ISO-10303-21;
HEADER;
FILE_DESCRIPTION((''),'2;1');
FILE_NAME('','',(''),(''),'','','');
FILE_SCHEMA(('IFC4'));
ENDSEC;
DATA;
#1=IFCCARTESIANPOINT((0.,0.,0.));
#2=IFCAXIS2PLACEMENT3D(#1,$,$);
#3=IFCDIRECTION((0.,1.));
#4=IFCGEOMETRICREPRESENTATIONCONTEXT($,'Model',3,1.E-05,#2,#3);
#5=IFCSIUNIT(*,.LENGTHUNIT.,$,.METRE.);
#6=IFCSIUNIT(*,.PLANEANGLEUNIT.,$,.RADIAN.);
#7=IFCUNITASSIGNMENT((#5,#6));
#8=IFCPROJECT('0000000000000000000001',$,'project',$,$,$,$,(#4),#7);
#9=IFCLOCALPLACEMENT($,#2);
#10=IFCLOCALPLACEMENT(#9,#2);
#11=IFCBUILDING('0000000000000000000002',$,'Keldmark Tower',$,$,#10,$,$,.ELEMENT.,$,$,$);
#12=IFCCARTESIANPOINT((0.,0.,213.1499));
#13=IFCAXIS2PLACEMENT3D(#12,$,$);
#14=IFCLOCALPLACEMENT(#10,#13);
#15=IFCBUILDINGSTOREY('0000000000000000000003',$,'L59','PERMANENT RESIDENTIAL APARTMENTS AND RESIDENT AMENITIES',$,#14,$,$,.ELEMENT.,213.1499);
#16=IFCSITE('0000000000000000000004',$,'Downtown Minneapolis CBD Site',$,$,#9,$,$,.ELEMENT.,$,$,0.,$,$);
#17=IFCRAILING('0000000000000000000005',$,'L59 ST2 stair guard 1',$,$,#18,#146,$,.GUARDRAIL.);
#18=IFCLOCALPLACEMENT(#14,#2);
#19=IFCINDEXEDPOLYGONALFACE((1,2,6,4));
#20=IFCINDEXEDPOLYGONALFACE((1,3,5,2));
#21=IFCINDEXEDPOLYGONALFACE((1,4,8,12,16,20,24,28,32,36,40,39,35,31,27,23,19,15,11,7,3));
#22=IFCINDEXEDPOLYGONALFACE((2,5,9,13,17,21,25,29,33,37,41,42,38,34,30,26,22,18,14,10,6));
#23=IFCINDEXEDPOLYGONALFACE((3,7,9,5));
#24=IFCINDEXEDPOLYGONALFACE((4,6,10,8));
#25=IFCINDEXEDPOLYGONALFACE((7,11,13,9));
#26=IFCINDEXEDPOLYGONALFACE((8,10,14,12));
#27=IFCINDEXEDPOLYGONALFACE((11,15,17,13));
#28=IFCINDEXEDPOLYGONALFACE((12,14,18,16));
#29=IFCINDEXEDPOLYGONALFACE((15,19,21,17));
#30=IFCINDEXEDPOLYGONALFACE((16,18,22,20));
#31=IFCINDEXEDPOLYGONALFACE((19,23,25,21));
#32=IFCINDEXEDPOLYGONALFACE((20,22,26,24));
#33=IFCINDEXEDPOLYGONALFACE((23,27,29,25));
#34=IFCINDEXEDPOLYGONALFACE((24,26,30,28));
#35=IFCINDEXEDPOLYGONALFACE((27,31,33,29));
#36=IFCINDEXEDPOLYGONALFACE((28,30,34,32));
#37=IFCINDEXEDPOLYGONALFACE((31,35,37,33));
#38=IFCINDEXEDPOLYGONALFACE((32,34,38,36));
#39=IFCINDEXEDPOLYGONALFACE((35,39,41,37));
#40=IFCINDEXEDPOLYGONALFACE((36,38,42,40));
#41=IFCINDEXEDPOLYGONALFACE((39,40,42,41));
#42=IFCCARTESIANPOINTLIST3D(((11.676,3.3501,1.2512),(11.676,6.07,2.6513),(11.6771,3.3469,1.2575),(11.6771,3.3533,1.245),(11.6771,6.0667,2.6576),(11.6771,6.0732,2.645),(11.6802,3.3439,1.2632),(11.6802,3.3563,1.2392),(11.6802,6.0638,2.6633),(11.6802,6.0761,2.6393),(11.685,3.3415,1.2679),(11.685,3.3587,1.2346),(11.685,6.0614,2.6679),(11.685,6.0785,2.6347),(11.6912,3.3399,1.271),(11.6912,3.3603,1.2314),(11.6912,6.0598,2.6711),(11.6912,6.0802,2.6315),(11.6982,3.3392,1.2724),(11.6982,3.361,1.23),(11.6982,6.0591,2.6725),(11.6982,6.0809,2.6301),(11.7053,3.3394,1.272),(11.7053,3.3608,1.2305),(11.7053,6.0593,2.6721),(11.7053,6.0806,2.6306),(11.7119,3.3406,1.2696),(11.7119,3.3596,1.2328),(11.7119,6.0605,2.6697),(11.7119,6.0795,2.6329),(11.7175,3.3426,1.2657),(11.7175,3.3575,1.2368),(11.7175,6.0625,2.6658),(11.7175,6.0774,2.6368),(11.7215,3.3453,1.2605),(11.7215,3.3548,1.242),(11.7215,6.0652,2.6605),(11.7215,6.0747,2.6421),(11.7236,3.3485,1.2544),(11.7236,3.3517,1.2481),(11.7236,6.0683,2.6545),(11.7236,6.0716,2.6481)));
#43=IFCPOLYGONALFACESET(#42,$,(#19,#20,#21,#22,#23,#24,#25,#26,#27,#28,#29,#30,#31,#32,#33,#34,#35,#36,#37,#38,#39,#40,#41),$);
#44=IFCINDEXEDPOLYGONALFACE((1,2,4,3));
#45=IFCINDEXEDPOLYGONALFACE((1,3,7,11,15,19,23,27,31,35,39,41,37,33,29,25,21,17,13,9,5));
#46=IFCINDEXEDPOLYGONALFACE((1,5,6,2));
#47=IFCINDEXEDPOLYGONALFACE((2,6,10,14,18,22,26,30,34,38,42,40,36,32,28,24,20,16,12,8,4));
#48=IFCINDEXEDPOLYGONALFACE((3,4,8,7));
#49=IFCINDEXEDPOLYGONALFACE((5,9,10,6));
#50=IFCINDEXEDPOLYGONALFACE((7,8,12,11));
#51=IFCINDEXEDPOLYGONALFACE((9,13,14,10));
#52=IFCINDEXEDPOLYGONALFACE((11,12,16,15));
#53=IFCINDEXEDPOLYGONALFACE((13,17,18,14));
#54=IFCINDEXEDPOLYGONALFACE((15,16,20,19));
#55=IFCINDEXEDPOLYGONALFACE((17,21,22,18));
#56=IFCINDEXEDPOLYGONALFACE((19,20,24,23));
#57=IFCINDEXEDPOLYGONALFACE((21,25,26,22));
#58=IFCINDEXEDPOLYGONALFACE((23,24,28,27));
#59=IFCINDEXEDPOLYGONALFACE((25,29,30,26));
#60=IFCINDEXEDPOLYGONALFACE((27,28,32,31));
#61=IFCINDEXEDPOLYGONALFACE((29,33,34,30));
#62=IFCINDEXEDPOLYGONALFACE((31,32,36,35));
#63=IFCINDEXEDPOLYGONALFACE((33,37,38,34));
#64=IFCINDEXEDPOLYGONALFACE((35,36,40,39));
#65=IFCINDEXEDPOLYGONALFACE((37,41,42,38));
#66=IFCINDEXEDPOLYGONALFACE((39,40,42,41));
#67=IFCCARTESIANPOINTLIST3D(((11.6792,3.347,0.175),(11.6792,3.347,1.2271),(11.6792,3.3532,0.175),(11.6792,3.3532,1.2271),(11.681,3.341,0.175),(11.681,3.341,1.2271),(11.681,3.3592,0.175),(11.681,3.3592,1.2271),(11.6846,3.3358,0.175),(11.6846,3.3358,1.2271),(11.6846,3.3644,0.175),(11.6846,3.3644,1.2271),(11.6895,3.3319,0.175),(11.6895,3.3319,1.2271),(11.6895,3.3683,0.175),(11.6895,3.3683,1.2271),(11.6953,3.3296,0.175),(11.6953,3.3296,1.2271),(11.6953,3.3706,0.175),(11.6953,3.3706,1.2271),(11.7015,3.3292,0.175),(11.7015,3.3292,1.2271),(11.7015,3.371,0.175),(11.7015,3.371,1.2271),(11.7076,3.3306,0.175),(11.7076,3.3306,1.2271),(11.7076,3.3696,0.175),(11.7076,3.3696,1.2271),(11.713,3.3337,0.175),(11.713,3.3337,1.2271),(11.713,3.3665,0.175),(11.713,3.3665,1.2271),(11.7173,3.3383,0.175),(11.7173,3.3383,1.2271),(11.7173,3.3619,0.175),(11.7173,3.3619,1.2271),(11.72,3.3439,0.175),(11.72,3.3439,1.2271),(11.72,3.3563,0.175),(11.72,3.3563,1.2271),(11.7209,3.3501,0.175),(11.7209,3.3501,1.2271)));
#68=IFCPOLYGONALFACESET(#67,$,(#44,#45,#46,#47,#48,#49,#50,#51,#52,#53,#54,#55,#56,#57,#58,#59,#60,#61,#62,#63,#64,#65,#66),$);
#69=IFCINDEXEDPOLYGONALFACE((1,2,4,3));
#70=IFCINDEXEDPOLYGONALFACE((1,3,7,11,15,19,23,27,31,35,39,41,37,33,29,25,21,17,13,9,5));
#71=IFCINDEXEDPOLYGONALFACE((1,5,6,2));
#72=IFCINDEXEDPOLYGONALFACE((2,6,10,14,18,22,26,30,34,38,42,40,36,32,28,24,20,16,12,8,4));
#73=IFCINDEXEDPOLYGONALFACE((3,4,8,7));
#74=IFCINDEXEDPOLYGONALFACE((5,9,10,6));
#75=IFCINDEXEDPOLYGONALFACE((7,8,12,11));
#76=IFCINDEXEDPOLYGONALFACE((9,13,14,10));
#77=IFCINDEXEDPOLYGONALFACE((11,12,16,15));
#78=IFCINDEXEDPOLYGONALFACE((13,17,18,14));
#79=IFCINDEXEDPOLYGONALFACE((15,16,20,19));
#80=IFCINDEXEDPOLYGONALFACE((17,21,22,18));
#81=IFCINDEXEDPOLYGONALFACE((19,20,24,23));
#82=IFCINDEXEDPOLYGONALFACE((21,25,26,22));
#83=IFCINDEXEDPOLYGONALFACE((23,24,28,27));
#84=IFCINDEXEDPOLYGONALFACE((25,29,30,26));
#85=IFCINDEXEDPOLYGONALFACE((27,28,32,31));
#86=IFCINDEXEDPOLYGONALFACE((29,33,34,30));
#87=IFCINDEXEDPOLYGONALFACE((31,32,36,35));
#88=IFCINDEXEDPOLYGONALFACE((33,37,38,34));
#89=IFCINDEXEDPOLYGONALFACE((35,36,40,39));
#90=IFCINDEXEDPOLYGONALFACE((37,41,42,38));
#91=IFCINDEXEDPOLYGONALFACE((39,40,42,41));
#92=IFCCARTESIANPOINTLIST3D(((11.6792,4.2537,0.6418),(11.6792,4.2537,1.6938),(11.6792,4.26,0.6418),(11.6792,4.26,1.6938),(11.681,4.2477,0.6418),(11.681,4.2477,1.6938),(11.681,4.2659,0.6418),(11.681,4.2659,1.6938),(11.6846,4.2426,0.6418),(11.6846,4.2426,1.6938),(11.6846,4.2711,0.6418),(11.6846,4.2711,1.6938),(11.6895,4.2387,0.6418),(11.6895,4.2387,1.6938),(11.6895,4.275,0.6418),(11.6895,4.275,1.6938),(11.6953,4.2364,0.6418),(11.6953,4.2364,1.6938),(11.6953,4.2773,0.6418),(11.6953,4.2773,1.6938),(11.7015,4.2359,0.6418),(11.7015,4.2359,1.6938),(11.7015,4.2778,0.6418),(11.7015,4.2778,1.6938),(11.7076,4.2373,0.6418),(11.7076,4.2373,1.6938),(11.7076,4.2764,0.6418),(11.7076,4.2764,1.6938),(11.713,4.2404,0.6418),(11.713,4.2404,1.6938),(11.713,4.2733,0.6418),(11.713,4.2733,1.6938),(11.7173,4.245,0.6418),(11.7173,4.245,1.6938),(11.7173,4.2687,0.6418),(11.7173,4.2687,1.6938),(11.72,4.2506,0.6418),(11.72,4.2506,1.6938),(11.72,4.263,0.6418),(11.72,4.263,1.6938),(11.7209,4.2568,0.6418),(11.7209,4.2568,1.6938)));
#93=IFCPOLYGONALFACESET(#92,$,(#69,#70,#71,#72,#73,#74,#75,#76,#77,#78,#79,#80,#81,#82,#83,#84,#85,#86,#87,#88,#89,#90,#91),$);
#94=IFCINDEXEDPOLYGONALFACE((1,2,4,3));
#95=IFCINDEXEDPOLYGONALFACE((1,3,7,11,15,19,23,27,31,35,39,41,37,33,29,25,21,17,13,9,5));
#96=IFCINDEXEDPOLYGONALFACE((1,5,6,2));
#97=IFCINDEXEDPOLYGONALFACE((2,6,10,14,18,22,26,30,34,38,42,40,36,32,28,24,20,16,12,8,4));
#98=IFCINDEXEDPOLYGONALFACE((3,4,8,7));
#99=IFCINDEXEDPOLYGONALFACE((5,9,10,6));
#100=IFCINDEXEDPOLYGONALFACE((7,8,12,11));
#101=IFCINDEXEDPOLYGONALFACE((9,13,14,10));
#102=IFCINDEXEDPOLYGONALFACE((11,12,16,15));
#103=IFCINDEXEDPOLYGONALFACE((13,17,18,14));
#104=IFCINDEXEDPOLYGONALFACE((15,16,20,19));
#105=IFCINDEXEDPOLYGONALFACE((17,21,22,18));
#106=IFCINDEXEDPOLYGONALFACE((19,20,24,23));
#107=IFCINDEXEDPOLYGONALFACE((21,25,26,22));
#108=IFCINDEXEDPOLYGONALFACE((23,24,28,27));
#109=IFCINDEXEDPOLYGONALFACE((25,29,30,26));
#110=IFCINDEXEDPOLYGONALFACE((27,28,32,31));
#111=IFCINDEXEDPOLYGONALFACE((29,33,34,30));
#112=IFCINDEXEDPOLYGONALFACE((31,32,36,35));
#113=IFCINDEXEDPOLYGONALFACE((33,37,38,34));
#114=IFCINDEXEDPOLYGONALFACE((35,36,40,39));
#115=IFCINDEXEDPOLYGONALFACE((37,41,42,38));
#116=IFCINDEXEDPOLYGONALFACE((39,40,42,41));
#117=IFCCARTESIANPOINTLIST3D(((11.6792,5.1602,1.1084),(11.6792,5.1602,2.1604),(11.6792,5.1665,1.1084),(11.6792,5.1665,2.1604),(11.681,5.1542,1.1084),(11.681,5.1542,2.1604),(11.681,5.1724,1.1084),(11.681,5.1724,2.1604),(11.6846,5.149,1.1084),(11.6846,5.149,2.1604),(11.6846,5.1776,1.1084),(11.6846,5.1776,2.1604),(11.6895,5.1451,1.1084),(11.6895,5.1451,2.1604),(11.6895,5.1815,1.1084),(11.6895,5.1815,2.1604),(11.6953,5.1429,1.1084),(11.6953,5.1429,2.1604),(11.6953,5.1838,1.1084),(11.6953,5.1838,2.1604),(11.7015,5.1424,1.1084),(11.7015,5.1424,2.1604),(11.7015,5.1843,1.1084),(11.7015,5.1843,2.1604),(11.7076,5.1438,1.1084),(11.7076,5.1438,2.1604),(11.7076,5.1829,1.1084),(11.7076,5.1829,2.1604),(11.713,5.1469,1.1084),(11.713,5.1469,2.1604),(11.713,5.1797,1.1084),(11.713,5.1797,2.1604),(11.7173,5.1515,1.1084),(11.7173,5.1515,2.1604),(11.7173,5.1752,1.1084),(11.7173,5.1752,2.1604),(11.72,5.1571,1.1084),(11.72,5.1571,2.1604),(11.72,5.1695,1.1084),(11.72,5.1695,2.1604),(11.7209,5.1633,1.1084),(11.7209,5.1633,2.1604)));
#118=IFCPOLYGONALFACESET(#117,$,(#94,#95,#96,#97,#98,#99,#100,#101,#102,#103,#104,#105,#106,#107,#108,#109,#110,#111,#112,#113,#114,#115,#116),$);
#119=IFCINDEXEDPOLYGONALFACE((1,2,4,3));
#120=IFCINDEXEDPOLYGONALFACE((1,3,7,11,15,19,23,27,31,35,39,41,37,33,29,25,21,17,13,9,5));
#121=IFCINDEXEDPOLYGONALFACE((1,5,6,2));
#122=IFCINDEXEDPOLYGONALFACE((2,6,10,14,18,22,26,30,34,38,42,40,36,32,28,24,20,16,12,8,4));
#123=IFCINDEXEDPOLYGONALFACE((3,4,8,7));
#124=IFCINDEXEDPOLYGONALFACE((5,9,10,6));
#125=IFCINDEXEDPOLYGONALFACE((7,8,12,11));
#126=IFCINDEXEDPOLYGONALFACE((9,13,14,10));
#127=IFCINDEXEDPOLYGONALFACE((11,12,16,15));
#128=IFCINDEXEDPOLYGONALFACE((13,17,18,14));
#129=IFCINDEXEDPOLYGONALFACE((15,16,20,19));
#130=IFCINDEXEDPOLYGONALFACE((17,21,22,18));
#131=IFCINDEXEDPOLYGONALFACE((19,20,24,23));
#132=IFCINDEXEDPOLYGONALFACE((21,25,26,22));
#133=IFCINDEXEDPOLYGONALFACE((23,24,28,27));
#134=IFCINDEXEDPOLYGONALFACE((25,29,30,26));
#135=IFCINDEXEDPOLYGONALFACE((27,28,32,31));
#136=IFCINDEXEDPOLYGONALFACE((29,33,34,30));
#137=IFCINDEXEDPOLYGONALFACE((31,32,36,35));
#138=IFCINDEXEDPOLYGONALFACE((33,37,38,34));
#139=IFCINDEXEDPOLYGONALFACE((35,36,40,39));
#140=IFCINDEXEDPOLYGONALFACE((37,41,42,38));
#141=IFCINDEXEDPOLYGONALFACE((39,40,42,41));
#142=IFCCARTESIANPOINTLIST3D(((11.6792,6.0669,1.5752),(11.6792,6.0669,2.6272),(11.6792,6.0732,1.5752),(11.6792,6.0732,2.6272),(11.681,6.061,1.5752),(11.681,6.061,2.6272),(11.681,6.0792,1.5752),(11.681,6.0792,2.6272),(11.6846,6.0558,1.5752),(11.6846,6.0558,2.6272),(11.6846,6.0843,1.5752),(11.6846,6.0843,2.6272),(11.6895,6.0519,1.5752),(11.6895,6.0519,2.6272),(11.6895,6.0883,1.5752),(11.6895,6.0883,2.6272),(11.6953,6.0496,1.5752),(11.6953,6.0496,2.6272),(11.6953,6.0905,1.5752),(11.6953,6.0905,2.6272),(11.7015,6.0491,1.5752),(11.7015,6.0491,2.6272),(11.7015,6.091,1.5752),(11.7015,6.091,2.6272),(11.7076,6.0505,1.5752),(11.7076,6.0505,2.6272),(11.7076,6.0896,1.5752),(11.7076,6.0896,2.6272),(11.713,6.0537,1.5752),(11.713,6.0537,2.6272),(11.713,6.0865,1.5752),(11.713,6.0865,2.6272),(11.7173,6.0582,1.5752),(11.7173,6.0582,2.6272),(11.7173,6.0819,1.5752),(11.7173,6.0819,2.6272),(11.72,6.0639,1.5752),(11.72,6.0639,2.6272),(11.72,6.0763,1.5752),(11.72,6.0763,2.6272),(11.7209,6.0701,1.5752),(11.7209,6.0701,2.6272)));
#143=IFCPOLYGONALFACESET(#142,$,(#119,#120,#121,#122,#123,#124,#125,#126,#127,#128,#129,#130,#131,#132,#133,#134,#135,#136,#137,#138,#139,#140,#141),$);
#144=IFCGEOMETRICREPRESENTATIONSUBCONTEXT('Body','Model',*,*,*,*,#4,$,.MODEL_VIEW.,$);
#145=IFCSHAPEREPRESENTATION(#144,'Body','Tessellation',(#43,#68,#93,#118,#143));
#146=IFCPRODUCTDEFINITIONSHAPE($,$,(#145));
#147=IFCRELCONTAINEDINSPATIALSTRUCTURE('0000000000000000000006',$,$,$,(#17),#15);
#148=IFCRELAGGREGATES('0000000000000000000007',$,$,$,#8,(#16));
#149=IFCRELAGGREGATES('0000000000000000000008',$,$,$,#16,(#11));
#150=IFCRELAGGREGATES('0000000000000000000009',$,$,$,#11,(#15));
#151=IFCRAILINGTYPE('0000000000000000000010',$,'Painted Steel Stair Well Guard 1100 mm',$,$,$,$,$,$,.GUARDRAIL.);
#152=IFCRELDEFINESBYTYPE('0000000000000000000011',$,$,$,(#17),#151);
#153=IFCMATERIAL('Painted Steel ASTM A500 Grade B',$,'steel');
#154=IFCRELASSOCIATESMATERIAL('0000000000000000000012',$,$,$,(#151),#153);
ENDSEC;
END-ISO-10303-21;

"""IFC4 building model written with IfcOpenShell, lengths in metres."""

from ifc_helpers import new_model, si_unit, direction, frame, origin, origin_2d, place, context, subcontext, project, spatial, circle, extrude, material, type_object, element, save


model = new_model("IFC4")

# Units and contexts
model_context = context("Model", 3, precision=1e-05, world=origin(), true_north=direction((0.0, 1.0)))
body_context = subcontext(model_context, "Body", "Model", "MODEL_VIEW")
ifc_project = project(units=[si_unit("LENGTHUNIT", "METRE"), si_unit("PLANEANGLEUNIT", "RADIAN")], contexts=[model_context])

# Site, building, storey
site_placement = place(None, origin())
site = spatial("IfcSite", under=ifc_project, at=site_placement, Name="Downtown Minneapolis CBD Site", CompositionType="ELEMENT", RefElevation=0.0)
building_placement = place(site_placement, origin())
building = spatial("IfcBuilding", under=site, at=building_placement, Name="Keldmark Tower", CompositionType="ELEMENT")
storey_placement = place(building_placement, frame((0.0, 0.0, 213.1499)))
storey = spatial("IfcBuildingStorey", under=building, at=storey_placement, Name="L59", Description="PERMANENT RESIDENTIAL APARTMENTS AND RESIDENT AMENITIES", CompositionType="ELEMENT", Elevation=213.1499)

# Railing
ifc_material_1 = material(Name="Painted Steel ASTM A500 Grade B", Category="steel")
railing_type_1 = type_object("IfcRailingType", Name="Painted Steel Stair Well Guard 1100 mm", PredefinedType="GUARDRAIL", material=ifc_material_1)
railing_1_placement = place(storey_placement, frame((11.7, 3.3501, 0.175)))
element("IfcRailing", 1, at=railing_1_placement, inside=storey, type_object=railing_type_1, Name="L59 ST2 stair guard 1", PredefinedType="GUARDRAIL", context=body_context, shape_type="SweptSolid", body=[
    extrude(circle(Radius=0.0239, at=origin_2d()), frame((0.0, 0.0, 1.0762), z_axis=(0.0, 0.889114, 0.457685), x_axis=(-1.0, 0.0, 0.0)), (0.0, 0.0, 1.0), 3.0591),
    extrude(circle(Radius=0.021, at=origin_2d()), origin(), (0.0, 0.0, 1.0), 1.052),
    extrude(circle(Radius=0.021, at=origin_2d()), frame((0.0, 0.9067, 0.4668)), (0.0, 0.0, 1.0), 1.052),
    extrude(circle(Radius=0.021, at=origin_2d()), frame((0.0, 1.8132, 0.9333)), (0.0, 0.0, 1.0), 1.052),
    extrude(circle(Radius=0.021, at=origin_2d()), frame((0.0, 2.72, 1.4001)), (0.0, 0.0, 1.0), 1.052),
])

save(model, "model.ifc")
